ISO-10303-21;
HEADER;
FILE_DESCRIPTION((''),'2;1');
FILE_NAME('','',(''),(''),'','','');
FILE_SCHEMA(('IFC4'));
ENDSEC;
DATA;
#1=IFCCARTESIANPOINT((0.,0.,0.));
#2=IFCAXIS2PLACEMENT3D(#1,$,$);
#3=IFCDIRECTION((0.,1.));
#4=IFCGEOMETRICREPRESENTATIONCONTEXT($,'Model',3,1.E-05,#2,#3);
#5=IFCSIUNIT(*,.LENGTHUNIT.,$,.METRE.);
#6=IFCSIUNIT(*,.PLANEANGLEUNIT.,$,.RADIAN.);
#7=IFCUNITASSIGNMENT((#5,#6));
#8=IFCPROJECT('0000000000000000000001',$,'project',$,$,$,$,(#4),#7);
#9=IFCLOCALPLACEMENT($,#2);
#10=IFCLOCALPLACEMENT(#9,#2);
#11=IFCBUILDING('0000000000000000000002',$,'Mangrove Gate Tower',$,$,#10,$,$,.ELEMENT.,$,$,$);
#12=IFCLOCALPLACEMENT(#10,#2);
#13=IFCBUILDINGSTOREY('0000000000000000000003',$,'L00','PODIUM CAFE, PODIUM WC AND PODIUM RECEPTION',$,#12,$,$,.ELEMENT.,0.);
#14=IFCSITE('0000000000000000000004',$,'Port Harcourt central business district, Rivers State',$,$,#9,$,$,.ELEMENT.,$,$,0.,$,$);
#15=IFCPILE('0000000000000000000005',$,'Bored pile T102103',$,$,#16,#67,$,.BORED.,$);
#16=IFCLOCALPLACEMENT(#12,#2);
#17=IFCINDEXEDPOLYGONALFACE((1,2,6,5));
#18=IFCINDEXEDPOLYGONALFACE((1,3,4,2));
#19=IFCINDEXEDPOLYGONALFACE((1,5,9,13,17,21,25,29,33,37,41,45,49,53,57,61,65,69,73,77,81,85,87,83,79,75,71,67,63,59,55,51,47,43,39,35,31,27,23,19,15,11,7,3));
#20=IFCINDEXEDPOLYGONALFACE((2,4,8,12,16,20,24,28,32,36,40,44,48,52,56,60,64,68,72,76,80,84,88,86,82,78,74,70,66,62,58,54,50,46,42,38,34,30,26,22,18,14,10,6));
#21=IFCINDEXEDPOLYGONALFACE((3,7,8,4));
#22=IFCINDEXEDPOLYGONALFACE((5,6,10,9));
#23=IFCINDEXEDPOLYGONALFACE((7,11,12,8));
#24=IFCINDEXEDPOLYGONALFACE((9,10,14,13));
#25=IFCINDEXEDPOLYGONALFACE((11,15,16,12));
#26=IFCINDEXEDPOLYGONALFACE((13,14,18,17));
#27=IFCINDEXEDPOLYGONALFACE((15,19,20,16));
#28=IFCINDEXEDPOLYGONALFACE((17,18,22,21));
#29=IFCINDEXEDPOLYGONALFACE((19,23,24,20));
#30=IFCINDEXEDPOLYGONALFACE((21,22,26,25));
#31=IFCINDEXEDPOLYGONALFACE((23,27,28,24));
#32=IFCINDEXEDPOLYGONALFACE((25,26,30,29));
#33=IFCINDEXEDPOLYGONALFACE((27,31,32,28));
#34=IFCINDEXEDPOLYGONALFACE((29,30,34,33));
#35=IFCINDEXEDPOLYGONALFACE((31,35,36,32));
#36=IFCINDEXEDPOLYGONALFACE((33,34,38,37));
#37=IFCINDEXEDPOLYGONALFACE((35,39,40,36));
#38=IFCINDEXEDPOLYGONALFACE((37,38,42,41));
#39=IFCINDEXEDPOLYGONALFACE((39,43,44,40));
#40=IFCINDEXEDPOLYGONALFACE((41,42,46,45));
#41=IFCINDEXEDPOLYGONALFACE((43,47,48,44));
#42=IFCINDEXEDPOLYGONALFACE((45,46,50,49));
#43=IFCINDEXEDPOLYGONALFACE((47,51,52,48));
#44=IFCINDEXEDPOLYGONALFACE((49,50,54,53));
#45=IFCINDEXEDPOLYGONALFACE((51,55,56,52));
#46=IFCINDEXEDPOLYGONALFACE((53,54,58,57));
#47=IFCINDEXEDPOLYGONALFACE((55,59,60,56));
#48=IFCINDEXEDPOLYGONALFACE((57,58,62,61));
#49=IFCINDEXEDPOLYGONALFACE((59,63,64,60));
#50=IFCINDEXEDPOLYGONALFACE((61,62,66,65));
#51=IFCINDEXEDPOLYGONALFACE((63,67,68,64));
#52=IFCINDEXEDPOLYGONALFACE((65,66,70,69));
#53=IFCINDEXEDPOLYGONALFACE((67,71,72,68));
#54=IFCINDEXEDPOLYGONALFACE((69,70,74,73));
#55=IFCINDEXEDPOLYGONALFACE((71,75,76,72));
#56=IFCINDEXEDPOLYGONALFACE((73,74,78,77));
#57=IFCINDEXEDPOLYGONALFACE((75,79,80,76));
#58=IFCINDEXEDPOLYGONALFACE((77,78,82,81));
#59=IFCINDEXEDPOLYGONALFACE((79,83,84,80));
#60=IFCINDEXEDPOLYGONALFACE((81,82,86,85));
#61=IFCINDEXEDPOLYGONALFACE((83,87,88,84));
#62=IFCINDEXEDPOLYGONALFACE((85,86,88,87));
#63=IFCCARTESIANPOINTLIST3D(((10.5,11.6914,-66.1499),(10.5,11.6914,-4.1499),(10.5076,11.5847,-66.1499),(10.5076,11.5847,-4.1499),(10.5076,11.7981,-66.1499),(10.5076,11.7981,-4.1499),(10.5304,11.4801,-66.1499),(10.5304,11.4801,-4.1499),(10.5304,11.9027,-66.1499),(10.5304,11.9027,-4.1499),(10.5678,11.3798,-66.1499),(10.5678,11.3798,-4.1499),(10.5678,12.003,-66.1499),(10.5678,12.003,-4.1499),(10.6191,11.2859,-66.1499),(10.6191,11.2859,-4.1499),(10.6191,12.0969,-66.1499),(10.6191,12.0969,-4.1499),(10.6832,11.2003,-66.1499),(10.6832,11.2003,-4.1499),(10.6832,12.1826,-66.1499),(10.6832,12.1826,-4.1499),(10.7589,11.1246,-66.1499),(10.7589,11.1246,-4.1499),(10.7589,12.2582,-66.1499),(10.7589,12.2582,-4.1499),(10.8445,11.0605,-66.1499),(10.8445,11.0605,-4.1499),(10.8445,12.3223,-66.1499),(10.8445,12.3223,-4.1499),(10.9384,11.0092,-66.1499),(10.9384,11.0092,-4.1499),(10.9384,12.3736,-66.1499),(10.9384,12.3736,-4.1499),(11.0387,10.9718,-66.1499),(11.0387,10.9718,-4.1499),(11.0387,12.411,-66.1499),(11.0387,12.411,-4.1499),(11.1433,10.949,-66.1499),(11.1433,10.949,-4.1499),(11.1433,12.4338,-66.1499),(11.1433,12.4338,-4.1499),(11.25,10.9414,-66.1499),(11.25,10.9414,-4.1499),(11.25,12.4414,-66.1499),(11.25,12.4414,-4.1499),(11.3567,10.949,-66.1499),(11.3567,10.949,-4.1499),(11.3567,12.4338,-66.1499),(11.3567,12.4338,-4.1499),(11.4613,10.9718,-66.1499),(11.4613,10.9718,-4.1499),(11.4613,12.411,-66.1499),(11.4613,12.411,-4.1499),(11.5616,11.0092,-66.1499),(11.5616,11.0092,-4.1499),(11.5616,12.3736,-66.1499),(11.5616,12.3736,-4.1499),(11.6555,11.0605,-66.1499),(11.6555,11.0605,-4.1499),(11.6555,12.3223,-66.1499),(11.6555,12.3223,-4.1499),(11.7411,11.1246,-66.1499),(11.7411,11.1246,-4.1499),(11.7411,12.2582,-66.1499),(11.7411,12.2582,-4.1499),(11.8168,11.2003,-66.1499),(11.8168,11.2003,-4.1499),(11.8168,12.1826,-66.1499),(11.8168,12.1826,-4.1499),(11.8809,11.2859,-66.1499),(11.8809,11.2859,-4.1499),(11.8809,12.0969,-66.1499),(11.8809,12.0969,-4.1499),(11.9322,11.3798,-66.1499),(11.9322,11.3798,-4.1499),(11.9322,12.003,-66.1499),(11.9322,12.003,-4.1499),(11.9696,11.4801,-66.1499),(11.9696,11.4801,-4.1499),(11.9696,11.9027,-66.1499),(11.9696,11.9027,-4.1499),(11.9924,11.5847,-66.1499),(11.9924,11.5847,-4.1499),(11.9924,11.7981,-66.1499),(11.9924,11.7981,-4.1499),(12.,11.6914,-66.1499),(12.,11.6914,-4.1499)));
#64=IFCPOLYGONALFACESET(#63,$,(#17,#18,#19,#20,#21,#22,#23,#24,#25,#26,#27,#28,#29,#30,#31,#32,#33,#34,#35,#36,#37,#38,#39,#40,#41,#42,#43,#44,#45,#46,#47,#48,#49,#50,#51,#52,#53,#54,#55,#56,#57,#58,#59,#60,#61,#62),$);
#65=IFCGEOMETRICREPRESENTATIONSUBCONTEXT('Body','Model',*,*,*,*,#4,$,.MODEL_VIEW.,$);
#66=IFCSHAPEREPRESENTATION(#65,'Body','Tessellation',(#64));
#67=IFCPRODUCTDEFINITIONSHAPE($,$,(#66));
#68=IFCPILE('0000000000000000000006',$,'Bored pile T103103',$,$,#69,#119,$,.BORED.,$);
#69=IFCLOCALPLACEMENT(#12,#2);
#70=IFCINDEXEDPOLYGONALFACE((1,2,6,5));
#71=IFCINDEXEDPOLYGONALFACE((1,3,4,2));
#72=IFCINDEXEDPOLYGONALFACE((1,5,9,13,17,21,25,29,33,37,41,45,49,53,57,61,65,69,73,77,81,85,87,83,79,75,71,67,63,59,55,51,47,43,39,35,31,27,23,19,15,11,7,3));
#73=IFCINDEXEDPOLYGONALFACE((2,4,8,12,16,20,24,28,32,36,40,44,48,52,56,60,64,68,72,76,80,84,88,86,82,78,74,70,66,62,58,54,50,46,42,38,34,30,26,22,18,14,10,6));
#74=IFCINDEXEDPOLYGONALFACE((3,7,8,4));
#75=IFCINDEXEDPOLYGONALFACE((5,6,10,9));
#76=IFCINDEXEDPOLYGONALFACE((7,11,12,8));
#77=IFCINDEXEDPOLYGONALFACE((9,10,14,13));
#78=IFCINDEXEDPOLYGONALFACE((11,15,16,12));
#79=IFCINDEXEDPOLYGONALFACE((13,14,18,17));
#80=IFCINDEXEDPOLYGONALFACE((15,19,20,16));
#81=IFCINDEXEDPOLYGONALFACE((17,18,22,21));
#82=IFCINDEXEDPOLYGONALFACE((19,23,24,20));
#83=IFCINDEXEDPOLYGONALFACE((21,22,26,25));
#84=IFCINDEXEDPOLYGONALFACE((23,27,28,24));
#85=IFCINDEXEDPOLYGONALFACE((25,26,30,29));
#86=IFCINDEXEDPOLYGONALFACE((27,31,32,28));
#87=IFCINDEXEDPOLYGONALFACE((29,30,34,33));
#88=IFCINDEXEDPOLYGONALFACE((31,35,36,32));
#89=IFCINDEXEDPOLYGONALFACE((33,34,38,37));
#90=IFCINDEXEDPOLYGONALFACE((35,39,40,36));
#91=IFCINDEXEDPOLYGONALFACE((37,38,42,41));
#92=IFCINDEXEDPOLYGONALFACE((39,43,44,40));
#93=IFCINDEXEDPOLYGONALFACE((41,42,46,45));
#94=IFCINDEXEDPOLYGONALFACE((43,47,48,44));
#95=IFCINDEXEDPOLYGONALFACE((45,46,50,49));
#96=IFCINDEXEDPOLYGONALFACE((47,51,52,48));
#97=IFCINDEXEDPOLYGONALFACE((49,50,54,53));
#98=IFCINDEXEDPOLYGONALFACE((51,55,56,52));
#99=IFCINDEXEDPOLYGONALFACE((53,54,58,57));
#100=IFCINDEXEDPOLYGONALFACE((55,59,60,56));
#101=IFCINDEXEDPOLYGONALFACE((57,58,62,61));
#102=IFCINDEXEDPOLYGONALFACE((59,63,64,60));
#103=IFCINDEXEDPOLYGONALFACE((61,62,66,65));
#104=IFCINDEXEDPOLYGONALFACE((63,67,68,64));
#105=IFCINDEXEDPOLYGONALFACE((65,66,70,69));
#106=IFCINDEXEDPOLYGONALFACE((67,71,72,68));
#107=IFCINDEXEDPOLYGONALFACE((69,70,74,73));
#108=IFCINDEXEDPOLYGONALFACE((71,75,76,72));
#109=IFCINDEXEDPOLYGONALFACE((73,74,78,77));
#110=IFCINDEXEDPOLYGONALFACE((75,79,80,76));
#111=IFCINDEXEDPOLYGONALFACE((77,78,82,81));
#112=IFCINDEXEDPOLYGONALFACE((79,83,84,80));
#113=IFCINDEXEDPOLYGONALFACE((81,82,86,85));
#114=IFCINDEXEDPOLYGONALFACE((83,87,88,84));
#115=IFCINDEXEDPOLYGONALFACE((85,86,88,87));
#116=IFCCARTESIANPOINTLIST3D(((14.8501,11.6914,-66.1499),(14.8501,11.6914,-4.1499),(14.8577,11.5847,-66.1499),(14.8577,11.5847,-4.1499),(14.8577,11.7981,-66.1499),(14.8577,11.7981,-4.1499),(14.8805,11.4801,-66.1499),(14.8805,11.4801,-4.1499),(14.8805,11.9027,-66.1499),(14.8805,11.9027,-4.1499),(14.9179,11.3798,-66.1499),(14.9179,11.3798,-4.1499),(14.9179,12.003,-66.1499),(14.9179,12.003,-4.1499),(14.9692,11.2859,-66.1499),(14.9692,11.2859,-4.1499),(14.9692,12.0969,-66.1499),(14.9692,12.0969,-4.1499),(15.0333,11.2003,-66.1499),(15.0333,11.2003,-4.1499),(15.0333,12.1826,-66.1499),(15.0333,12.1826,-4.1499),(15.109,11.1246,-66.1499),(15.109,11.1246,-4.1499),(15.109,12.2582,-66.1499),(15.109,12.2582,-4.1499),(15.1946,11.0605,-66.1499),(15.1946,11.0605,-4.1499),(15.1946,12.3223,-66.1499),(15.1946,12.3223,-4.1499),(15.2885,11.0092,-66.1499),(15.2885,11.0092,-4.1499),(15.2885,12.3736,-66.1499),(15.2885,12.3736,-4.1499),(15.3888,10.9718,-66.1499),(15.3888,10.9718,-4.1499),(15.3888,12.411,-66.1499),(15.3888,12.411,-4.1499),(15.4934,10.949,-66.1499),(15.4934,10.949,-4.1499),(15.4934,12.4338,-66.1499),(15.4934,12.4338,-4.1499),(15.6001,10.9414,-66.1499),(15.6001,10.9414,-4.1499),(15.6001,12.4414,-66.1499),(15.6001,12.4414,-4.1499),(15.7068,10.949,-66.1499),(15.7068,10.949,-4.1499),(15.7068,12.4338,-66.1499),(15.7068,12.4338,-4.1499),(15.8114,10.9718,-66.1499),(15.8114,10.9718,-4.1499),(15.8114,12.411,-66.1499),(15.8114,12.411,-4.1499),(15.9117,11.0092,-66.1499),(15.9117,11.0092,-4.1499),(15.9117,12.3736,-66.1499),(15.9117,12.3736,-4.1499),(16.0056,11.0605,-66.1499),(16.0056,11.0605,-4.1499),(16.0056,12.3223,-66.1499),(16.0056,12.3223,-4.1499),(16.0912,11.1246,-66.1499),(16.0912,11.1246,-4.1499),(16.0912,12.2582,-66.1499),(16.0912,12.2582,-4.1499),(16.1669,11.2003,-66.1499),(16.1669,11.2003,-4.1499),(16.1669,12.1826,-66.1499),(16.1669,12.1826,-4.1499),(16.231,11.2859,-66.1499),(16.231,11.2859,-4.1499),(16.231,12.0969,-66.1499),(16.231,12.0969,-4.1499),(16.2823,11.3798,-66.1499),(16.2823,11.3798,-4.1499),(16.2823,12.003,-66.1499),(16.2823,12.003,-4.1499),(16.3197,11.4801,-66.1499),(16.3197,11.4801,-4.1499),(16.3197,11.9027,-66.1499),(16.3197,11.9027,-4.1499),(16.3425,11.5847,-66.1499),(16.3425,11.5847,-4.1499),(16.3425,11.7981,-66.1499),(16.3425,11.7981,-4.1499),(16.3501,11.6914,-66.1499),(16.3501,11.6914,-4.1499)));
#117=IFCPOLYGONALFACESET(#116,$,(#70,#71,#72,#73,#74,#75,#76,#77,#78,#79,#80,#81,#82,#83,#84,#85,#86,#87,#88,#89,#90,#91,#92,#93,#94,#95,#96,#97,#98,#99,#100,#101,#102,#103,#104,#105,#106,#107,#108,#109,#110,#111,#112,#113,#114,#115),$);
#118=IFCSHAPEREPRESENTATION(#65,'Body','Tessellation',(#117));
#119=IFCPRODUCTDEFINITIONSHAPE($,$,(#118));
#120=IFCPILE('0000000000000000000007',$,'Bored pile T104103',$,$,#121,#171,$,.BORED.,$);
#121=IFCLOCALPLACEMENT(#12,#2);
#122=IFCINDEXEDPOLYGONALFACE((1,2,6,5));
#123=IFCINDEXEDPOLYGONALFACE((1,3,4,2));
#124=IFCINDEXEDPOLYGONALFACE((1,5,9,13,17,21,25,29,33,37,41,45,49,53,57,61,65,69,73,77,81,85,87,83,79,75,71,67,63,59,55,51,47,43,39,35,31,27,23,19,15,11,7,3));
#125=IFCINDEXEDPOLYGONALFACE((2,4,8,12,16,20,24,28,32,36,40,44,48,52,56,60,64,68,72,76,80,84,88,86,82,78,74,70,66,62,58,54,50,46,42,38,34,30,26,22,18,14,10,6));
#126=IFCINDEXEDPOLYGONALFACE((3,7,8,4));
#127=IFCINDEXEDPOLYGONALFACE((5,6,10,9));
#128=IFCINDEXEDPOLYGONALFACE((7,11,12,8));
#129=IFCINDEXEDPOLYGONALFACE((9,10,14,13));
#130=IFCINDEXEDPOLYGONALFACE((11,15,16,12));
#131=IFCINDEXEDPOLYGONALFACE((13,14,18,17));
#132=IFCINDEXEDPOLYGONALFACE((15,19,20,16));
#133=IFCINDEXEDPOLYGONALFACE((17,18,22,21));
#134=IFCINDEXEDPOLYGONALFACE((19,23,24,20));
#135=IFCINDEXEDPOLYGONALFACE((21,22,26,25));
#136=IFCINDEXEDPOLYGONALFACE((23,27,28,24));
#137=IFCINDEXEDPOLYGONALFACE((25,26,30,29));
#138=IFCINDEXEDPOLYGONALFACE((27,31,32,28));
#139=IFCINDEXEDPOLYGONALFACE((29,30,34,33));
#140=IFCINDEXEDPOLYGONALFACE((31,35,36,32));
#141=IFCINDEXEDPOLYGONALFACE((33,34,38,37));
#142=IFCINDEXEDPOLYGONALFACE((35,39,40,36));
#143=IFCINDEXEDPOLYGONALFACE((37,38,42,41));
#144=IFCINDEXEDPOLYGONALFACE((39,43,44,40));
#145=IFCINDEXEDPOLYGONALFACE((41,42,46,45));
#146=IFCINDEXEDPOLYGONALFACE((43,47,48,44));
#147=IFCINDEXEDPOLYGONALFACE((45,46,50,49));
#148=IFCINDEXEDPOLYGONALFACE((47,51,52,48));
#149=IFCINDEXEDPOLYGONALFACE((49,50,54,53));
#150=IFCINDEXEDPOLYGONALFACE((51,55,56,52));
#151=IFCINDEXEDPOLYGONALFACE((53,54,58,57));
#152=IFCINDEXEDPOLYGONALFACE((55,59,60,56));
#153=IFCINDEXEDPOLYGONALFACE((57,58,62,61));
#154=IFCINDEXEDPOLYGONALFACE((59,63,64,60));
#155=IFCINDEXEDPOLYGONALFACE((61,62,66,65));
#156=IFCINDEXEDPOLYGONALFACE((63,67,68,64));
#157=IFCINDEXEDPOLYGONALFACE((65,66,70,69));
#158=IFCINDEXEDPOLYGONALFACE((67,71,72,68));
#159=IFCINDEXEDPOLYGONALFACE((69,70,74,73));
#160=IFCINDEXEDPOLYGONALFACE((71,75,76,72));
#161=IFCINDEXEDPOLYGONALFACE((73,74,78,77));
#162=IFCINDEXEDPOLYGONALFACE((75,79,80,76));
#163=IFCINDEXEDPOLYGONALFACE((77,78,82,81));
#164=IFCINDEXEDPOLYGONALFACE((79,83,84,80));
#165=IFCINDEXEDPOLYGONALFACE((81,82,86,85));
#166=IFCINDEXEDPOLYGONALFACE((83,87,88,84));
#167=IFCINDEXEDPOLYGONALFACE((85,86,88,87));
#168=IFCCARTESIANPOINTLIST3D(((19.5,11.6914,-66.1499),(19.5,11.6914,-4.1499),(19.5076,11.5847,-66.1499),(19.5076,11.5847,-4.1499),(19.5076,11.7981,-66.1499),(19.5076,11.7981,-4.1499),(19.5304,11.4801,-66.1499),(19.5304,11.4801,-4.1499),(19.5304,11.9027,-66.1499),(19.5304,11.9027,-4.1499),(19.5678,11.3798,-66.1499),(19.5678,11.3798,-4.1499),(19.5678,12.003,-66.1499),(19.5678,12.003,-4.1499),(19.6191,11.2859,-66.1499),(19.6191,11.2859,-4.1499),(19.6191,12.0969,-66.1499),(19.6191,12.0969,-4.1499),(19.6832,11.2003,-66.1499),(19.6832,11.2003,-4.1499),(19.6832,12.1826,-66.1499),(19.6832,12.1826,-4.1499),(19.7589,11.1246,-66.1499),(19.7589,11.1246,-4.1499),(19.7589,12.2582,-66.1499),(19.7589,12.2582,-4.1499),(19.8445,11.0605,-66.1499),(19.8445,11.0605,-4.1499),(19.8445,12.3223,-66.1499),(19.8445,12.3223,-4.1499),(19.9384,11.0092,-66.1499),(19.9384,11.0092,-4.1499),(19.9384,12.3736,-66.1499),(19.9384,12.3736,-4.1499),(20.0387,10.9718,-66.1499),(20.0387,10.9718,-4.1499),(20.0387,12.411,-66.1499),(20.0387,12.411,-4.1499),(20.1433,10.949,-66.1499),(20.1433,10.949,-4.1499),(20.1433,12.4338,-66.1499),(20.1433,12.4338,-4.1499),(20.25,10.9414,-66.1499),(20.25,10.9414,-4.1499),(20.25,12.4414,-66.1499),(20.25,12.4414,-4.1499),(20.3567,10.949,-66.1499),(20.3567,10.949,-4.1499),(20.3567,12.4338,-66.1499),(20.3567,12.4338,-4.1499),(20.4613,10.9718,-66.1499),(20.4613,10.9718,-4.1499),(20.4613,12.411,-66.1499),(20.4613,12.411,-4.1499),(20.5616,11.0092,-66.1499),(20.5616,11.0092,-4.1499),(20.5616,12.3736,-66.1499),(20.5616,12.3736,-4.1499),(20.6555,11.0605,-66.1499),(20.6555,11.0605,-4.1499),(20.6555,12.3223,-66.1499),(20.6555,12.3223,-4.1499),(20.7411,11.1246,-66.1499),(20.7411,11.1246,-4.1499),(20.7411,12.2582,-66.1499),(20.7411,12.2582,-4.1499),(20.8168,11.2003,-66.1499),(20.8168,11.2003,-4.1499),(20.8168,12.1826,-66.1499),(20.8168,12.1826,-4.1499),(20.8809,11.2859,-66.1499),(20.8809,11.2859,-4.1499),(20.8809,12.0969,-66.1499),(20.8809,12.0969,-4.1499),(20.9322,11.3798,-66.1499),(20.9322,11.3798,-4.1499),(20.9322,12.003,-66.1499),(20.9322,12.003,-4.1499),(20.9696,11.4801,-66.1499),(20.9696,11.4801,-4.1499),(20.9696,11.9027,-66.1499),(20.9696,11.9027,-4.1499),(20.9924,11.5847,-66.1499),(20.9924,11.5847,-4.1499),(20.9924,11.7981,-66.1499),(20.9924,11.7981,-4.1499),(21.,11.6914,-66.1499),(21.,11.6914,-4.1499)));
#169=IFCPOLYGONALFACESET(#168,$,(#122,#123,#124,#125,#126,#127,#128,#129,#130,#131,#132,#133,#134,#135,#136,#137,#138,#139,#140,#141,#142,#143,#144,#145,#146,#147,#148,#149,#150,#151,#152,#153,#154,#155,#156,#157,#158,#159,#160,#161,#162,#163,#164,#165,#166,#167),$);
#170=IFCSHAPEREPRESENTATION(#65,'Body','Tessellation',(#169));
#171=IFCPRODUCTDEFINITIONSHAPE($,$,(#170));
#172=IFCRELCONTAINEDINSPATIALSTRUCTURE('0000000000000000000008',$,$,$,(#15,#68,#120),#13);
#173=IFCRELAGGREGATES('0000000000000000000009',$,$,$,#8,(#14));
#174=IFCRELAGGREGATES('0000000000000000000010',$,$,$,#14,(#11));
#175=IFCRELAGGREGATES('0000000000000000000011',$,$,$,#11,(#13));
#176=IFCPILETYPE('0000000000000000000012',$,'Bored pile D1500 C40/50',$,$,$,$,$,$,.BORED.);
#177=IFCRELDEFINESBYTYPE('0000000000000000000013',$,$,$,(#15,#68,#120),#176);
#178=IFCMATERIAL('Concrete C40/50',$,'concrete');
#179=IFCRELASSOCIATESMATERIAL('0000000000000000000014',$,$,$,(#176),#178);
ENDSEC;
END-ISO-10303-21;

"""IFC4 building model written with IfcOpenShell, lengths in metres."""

from ifc_helpers import new_model, si_unit, direction, frame, origin, origin_2d, place, context, subcontext, project, spatial, circle, extrude, material, material_profile, profile_set, type_object, element, save


model = new_model("IFC4")

# Units and contexts
model_context = context("Model", 3, precision=1e-05, world=origin(), true_north=direction((0.0, 1.0)))
body_context = subcontext(model_context, "Body", "Model", "MODEL_VIEW")
ifc_project = project(units=[si_unit("LENGTHUNIT", "METRE"), si_unit("PLANEANGLEUNIT", "RADIAN")], contexts=[model_context])

# Site, building, storey
site_placement = place(None, origin())
site = spatial("IfcSite", under=ifc_project, at=site_placement, Name="Port Harcourt central business district, Rivers State", CompositionType="ELEMENT", RefElevation=0.0)
building_placement = place(site_placement, origin())
building = spatial("IfcBuilding", under=site, at=building_placement, Name="Mangrove Gate Tower", CompositionType="ELEMENT")
storey_placement = place(building_placement, origin())
storey = spatial("IfcBuildingStorey", under=building, at=storey_placement, Name="L00", Description="PODIUM CAFE, PODIUM WC AND PODIUM RECEPTION", CompositionType="ELEMENT", Elevation=0.0)

# Piles
ifc_material_1 = material(Name="Concrete C40/50", Category="concrete")
ifc_material_profile_1 = material_profile(ifc_material_1, circle(Radius=0.75, at=origin_2d()))
ifc_profile_set_1 = profile_set([ifc_material_profile_1], Name="Concrete C40/50")
pile_type = type_object("IfcPileType", Name="Bored pile D1500 C40/50", PredefinedType="BORED", material=ifc_profile_set_1)
for number, where, z_axis, x_axis, name in (
    (1, (11.25, 11.6914, -4.1499), (0.0, 0.0, -1.0), (1.0, 0.0, 0.0), "Bored pile T102103"),
    (2, (15.6001, 11.6914, -4.1499), (0.0, 0.0, -1.0), (1.0, 0.0, 0.0), "Bored pile T103103"),
    (3, (20.25, 11.6914, -4.1499), (0.0, 0.0, -1.0), (1.0, 0.0, 0.0), "Bored pile T104103"),
):
    element("IfcPile", number, at=place(storey_placement, frame(where, z_axis=z_axis, x_axis=x_axis)), inside=storey, type_object=pile_type, Name=name, PredefinedType="BORED", context=body_context, shape_type="SweptSolid", body=[
        extrude(circle(Radius=0.75, at=origin_2d()), origin(), (0.0, 0.0, 1.0), 62.0),
    ])

save(model, "model.ifc")
